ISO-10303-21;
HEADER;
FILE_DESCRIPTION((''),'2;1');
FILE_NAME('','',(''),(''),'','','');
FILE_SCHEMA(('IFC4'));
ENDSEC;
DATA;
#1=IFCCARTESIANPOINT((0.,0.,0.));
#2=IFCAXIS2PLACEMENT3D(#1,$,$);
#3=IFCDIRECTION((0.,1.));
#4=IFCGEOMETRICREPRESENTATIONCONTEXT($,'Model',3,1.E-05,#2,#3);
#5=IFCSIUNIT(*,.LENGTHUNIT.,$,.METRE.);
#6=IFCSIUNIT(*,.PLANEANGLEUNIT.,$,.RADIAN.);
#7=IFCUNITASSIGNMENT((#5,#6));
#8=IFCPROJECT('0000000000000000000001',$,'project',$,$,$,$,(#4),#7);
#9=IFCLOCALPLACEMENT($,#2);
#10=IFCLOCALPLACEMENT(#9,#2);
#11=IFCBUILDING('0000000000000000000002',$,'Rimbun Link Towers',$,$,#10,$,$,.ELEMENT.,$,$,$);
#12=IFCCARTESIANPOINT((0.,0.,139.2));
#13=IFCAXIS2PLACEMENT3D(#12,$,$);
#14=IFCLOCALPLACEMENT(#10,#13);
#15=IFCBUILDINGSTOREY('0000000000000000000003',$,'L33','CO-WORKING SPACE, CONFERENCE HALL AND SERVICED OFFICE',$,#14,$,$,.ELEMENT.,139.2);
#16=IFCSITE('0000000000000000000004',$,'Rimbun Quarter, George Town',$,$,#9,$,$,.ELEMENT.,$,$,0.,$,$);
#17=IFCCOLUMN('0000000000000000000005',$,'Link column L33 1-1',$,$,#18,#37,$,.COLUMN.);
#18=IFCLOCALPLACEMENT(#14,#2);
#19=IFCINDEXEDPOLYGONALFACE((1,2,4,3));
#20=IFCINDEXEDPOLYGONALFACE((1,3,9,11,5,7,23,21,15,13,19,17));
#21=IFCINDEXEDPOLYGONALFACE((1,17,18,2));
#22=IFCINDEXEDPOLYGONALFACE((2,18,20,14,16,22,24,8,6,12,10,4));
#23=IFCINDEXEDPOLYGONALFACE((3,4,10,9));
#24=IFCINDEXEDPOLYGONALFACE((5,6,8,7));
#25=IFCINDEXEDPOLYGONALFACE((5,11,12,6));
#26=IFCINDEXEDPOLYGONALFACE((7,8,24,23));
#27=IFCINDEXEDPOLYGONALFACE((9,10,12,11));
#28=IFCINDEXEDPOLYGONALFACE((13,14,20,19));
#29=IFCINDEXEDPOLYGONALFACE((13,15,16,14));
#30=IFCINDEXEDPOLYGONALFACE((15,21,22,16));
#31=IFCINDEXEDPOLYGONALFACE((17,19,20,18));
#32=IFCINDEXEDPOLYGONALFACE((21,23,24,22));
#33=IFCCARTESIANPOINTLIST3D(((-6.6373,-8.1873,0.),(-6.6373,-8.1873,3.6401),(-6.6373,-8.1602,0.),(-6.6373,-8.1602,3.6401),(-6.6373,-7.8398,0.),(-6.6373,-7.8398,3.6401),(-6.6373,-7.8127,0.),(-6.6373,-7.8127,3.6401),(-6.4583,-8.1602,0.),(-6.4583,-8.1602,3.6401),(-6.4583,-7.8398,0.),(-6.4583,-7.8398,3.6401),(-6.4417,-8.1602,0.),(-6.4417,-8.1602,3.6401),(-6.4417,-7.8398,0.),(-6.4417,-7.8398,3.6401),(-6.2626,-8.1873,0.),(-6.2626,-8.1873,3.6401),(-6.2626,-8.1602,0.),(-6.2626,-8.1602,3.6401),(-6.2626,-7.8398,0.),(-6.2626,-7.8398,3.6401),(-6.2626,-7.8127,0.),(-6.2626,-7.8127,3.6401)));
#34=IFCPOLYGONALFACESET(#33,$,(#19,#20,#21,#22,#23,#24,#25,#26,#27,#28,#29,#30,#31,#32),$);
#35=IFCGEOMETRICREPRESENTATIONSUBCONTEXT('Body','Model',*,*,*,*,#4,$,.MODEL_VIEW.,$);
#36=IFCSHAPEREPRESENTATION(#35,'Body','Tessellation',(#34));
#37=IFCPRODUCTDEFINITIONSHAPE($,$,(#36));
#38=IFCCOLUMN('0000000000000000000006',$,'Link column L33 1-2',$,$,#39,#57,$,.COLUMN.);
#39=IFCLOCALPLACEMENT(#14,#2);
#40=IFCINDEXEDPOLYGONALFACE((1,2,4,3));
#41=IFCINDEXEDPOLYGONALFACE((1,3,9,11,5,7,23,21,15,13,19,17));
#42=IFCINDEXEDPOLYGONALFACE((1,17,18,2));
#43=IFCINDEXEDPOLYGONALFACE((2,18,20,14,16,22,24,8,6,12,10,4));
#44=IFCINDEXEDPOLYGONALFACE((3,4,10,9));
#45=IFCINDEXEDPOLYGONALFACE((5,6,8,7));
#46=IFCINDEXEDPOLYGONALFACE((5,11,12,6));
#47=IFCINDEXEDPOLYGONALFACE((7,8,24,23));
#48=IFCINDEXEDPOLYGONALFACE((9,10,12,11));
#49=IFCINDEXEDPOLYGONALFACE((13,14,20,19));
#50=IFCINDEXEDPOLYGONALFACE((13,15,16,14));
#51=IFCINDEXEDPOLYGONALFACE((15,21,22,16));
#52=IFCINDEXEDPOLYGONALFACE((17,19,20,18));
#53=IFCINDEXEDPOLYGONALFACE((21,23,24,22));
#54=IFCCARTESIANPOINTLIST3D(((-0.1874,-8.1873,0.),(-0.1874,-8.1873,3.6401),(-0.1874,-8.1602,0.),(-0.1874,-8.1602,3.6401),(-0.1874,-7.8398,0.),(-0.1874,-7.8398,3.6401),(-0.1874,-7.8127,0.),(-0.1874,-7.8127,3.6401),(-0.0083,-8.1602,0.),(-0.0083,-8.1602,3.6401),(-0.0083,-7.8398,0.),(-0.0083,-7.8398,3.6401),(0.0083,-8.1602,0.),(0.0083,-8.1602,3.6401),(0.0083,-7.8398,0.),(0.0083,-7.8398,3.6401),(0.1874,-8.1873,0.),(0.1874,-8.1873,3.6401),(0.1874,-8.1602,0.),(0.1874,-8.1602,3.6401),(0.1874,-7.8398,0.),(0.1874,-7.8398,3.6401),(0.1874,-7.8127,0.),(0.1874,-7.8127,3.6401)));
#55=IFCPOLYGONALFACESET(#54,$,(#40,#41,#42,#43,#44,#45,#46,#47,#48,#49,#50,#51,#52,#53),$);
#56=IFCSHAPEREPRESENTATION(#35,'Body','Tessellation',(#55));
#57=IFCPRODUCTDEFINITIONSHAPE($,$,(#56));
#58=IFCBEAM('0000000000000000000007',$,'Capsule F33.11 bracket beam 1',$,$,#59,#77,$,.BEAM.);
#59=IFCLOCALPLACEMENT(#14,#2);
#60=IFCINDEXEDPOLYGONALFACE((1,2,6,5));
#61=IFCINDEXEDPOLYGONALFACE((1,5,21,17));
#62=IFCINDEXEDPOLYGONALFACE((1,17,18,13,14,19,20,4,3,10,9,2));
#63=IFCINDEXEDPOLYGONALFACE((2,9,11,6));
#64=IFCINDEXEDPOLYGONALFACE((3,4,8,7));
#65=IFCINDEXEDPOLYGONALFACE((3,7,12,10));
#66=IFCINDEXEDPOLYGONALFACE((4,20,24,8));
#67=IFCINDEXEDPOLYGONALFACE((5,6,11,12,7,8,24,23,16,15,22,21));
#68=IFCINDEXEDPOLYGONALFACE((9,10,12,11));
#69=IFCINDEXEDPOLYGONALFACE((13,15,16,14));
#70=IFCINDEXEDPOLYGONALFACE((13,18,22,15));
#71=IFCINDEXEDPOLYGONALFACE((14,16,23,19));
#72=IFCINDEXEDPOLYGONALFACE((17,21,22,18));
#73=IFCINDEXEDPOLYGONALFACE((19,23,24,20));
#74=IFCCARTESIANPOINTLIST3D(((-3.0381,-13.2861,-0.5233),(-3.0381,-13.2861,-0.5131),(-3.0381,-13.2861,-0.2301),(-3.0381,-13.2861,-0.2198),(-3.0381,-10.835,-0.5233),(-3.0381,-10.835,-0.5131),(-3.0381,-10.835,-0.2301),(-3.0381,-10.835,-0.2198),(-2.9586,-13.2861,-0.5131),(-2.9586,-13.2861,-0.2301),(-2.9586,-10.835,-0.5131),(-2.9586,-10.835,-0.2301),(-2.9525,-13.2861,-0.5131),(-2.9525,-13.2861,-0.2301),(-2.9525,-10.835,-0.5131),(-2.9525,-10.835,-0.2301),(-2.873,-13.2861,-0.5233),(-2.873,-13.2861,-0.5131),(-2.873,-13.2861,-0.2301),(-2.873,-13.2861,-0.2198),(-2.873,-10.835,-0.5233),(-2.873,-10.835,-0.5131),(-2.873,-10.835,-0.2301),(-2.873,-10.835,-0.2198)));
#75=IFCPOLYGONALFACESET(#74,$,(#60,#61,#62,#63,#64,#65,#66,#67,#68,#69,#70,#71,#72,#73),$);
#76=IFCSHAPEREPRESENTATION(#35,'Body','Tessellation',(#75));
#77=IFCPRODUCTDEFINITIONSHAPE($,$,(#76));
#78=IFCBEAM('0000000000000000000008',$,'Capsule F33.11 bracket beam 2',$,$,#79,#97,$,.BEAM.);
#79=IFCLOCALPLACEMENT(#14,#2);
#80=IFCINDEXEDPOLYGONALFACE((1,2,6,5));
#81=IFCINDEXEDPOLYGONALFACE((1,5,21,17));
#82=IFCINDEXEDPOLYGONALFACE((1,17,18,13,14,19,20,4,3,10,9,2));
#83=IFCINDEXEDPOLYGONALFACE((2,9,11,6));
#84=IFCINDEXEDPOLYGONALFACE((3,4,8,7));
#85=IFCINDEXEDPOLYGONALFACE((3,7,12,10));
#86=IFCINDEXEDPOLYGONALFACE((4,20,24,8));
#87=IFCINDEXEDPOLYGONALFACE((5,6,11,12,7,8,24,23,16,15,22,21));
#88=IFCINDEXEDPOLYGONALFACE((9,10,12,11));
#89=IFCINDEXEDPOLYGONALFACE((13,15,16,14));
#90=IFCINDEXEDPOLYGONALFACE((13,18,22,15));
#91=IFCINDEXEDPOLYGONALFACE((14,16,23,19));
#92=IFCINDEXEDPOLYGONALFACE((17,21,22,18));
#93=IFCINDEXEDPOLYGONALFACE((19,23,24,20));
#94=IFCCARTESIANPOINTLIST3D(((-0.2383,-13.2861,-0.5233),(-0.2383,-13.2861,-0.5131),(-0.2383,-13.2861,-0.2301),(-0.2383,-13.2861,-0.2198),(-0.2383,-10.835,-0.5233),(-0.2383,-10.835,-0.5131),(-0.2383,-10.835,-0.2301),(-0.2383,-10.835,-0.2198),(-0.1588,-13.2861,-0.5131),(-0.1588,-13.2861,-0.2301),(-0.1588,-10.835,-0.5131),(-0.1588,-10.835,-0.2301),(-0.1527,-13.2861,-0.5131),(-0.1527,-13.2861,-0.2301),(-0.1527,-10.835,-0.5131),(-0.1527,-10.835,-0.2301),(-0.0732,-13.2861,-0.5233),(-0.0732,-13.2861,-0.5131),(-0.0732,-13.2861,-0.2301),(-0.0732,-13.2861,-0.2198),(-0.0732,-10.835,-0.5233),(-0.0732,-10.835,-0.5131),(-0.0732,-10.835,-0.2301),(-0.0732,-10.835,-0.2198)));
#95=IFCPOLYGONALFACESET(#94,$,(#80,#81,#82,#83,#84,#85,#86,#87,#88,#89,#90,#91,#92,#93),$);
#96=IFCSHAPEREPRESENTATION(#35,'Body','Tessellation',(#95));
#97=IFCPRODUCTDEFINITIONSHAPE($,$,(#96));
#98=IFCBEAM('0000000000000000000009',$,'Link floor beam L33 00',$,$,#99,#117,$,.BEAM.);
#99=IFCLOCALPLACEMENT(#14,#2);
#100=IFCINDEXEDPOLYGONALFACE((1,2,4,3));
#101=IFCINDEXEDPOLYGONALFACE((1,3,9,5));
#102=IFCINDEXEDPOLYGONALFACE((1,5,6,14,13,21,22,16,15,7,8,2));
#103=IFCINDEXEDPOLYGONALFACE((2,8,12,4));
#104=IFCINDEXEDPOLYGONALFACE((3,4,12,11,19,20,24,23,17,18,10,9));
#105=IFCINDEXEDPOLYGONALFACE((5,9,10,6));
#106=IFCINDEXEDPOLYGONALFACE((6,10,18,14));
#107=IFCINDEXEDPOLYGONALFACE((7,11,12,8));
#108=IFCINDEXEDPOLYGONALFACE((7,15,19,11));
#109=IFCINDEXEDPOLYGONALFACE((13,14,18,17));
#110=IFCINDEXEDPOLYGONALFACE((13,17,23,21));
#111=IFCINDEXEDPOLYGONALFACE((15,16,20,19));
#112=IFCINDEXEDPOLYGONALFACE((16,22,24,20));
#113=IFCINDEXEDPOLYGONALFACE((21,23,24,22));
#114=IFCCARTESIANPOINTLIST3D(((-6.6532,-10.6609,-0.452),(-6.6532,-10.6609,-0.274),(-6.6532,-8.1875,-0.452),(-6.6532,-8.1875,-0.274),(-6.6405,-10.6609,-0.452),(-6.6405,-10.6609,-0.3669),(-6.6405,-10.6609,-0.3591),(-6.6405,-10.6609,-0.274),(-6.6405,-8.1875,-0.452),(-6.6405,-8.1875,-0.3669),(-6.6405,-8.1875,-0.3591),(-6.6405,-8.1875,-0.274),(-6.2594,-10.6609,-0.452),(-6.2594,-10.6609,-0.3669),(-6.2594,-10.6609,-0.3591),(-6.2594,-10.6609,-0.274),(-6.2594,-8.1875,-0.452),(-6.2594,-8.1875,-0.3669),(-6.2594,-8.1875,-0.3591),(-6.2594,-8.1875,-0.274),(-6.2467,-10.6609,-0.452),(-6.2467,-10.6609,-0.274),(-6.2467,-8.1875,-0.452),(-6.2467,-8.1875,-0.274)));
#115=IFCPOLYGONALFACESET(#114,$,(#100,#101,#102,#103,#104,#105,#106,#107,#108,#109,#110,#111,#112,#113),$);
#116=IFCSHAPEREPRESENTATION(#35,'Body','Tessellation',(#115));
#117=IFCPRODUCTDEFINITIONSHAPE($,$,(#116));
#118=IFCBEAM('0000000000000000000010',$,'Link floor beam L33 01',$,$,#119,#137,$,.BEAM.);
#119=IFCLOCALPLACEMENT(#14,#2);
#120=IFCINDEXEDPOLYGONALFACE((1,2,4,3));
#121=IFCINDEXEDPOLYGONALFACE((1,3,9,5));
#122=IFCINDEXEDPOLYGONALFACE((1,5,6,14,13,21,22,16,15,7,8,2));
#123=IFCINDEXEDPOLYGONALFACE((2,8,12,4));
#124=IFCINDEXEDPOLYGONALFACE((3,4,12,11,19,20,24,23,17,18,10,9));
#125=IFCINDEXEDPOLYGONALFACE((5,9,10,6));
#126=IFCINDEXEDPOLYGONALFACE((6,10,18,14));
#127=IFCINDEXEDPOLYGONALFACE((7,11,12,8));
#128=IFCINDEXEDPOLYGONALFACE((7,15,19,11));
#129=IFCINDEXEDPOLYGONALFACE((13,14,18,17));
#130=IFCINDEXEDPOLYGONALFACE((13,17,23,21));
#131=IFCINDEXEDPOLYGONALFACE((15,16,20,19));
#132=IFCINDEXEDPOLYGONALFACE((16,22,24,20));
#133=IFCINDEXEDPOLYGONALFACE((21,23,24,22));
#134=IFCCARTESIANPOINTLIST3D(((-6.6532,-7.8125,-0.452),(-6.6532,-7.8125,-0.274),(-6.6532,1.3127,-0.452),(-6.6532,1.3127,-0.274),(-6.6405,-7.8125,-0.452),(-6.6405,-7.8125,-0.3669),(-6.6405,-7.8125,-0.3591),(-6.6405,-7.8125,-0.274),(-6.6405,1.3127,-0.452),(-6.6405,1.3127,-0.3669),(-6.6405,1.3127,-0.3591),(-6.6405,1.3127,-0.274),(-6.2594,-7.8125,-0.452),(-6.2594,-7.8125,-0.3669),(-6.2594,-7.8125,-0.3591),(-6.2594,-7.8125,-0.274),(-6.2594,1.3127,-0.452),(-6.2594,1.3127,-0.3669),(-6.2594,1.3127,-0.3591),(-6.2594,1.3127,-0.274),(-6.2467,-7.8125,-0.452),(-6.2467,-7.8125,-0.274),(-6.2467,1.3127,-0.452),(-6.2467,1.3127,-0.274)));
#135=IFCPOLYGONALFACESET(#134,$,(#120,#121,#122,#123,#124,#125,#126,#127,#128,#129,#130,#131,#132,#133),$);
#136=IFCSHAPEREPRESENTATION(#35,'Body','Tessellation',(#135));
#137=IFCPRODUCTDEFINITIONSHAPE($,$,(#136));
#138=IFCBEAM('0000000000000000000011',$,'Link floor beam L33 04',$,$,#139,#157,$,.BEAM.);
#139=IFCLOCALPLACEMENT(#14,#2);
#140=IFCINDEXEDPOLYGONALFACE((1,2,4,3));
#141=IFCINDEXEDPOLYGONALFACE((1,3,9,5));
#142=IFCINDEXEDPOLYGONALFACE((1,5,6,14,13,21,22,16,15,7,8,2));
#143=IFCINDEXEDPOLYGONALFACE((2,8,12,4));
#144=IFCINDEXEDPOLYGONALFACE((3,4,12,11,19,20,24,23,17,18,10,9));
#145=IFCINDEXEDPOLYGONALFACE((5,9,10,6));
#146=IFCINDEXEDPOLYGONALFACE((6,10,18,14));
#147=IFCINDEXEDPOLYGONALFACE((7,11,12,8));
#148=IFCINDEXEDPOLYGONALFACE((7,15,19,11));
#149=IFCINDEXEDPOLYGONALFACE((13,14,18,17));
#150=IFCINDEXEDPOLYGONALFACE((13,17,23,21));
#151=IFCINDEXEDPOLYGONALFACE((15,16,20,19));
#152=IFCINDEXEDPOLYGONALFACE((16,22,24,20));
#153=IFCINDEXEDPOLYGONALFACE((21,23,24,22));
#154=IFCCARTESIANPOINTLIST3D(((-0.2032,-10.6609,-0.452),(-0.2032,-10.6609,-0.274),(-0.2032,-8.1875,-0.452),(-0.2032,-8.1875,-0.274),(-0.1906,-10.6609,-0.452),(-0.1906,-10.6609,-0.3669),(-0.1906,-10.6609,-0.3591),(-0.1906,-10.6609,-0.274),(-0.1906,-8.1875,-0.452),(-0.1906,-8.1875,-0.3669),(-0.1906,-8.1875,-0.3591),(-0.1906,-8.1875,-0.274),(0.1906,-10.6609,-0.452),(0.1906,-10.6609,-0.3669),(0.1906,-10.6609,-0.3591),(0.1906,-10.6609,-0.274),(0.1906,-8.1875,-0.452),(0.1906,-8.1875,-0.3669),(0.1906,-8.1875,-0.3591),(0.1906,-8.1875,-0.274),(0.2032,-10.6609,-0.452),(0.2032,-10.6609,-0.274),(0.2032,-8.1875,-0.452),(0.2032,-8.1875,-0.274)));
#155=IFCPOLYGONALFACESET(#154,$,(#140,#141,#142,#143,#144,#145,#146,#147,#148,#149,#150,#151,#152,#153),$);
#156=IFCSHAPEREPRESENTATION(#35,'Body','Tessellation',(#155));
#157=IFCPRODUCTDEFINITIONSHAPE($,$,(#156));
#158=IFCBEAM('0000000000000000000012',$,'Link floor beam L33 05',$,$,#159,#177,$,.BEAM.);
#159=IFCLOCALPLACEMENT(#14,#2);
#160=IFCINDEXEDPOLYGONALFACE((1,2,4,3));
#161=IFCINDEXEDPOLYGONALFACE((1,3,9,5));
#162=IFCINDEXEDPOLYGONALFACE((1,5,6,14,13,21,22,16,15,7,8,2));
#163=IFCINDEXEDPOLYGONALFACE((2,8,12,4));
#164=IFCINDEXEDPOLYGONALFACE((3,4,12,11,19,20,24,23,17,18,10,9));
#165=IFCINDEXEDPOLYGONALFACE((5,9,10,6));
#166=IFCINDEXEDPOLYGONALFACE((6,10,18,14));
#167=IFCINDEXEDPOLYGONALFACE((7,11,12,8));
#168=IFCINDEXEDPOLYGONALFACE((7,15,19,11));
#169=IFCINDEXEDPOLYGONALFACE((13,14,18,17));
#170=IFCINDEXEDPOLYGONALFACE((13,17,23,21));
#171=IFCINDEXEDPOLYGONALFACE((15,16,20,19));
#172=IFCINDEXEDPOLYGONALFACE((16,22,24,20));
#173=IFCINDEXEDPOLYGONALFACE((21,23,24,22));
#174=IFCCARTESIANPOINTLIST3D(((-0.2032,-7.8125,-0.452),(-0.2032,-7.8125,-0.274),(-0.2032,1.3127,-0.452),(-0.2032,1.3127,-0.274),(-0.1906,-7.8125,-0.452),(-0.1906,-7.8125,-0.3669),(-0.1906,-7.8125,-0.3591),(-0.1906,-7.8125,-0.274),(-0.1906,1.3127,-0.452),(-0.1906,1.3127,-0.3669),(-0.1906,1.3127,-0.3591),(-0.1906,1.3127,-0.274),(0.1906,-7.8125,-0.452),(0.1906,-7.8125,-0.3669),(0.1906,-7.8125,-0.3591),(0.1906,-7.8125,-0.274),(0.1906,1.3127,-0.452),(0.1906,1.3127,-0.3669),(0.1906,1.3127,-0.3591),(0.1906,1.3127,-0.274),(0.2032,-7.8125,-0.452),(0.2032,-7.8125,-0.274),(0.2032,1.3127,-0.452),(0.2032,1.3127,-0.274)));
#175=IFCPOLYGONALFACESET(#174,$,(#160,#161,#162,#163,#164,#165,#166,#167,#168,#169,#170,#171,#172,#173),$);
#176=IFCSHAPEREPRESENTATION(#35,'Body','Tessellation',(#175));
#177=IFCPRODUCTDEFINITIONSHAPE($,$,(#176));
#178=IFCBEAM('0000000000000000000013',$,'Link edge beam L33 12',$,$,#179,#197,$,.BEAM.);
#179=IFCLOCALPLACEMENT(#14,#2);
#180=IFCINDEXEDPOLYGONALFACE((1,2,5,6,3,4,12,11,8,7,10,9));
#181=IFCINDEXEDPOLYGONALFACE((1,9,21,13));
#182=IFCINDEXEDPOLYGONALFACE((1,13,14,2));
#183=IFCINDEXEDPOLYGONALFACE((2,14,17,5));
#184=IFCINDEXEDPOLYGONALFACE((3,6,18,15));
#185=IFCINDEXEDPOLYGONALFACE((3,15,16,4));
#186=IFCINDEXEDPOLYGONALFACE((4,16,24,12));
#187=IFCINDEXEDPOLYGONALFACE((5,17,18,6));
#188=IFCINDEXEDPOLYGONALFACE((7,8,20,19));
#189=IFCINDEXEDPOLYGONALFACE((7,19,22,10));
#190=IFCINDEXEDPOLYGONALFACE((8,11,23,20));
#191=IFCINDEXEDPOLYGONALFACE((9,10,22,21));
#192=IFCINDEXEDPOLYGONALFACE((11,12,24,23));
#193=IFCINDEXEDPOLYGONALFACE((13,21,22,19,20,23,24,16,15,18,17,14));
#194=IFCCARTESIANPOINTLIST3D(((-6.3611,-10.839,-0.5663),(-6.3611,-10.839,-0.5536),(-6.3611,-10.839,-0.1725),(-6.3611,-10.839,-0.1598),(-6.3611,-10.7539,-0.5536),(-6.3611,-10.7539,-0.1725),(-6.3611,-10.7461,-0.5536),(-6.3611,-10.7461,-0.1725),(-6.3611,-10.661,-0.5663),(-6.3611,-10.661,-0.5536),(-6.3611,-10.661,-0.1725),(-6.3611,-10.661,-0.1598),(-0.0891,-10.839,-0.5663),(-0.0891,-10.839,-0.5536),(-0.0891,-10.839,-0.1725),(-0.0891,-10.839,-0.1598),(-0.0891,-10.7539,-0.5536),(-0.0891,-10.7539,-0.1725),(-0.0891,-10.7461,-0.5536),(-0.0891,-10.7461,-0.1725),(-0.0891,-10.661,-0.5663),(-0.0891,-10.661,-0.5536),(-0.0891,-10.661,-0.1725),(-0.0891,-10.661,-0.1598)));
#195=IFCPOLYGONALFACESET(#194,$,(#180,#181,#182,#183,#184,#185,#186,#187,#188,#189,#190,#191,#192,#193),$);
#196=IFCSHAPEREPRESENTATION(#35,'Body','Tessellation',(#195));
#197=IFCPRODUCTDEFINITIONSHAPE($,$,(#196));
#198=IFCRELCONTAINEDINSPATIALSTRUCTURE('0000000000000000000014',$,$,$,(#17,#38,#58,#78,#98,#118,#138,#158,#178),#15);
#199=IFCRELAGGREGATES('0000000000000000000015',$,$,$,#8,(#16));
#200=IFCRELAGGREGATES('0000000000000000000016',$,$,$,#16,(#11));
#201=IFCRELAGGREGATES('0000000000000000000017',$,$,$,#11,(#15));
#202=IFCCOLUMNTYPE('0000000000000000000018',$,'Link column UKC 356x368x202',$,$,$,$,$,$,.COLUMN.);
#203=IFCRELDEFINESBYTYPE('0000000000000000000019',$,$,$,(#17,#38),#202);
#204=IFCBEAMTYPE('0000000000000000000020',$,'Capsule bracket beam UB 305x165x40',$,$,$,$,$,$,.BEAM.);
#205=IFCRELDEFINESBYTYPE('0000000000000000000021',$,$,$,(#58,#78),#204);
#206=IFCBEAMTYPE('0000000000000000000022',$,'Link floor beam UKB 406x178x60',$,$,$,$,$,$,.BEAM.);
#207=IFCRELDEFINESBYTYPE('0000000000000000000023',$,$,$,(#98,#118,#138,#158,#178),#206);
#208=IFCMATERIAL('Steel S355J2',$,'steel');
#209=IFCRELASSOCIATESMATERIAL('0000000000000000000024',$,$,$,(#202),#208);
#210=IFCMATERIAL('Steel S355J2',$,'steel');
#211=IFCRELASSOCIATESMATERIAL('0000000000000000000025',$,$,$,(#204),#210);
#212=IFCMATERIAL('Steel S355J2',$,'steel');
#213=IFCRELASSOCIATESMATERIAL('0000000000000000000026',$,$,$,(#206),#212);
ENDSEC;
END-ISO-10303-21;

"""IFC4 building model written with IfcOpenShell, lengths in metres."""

from ifc_helpers import new_model, si_unit, direction, frame, origin, origin_2d, place, context, subcontext, project, spatial, i_section, extrude, material, material_profile, profile_set, type_object, element, save


model = new_model("IFC4")

# Units and contexts
model_context = context("Model", 3, precision=1e-05, world=origin(), true_north=direction((0.0, 1.0)))
body_context = subcontext(model_context, "Body", "Model", "MODEL_VIEW")
ifc_project = project(units=[si_unit("LENGTHUNIT", "METRE"), si_unit("PLANEANGLEUNIT", "RADIAN")], contexts=[model_context])

# Site, building, storey
site_placement = place(None, origin())
site = spatial("IfcSite", under=ifc_project, at=site_placement, Name="Rimbun Quarter, George Town", CompositionType="ELEMENT", RefElevation=0.0)
building_placement = place(site_placement, origin())
building = spatial("IfcBuilding", under=site, at=building_placement, Name="Rimbun Link Towers", CompositionType="ELEMENT")
storey_placement = place(building_placement, frame((0.0, 0.0, 139.2)))
storey = spatial("IfcBuildingStorey", under=building, at=storey_placement, Name="L33", Description="CO-WORKING SPACE, CONFERENCE HALL AND SERVICED OFFICE", CompositionType="ELEMENT", Elevation=139.2)

# Columns
ifc_material_1 = material(Name="Steel S355J2", Category="steel")
ifc_material_profile_1 = material_profile(ifc_material_1, i_section(OverallWidth=0.3748, OverallDepth=0.3745, WebThickness=0.0166, FlangeThickness=0.0271, at=origin_2d()), Name="UKC 356x368x202")
ifc_profile_set_1 = profile_set([ifc_material_profile_1], Name="Steel S355J2")
column_type = type_object("IfcColumnType", Name="Link column UKC 356x368x202", PredefinedType="COLUMN", material=ifc_profile_set_1)
for number, where, z_axis, x_axis, name in (
    (1, (-6.45, -8.0, 0.0), (0.0, 0.0, 1.0), (1.0, 0.0, 0.0), "Link column L33 1-1"),
    (2, (0.0, -8.0, 0.0), (0.0, 0.0, 1.0), (1.0, 0.0, 0.0), "Link column L33 1-2"),
):
    element("IfcColumn", number, at=place(storey_placement, frame(where, z_axis=z_axis, x_axis=x_axis)), inside=storey, type_object=column_type, Name=name, PredefinedType="COLUMN", context=body_context, shape_type="SweptSolid", body=[
        extrude(i_section(OverallWidth=0.3748, OverallDepth=0.3745, WebThickness=0.0166, FlangeThickness=0.0271, at=origin_2d()), origin(), (0.0, 0.0, 1.0), 3.6401),
    ])

# Beams
ifc_material_2 = material(Name="Steel S355J2", Category="steel")
ifc_material_profile_2 = material_profile(ifc_material_2, i_section(OverallWidth=0.165, OverallDepth=0.3035, WebThickness=0.0061, FlangeThickness=0.0103, at=origin_2d()), Name="UB 305x165x40")
ifc_profile_set_2 = profile_set([ifc_material_profile_2], Name="Steel S355J2")
beam_type_1 = type_object("IfcBeamType", Name="Capsule bracket beam UB 305x165x40", PredefinedType="BEAM", material=ifc_profile_set_2)
for number, where, z_axis, x_axis, name in (
    (3, (-2.9556, -10.835, -0.3716), (0.0, -1.0, 0.0), (1.0, 0.0, 0.0), "Capsule F33.11 bracket beam 1"),
    (4, (-0.1558, -10.835, -0.3716), (0.0, -1.0, 0.0), (1.0, 0.0, 0.0), "Capsule F33.11 bracket beam 2"),
):
    element("IfcBeam", number, at=place(storey_placement, frame(where, z_axis=z_axis, x_axis=x_axis)), inside=storey, type_object=beam_type_1, Name=name, PredefinedType="BEAM", context=body_context, shape_type="SweptSolid", body=[
        extrude(i_section(OverallWidth=0.165, OverallDepth=0.3035, WebThickness=0.0061, FlangeThickness=0.0103, at=origin_2d()), origin(), (0.0, 0.0, 1.0), 2.4512),
    ])
ifc_material_3 = material(Name="Steel S355J2", Category="steel")
ifc_material_profile_3 = material_profile(ifc_material_3, i_section(OverallWidth=0.178, OverallDepth=0.4065, WebThickness=0.0078, FlangeThickness=0.0127, at=origin_2d()), Name="UKB 406x178x60")
ifc_profile_set_3 = profile_set([ifc_material_profile_3], Name="Steel S355J2")
beam_type_2 = type_object("IfcBeamType", Name="Link floor beam UKB 406x178x60", PredefinedType="BEAM", material=ifc_profile_set_3)
beam_1_placement = place(storey_placement, frame((-6.45, -10.6609, -0.363), z_axis=(0.0, 1.0, 0.0), x_axis=(0.0, 0.0, 1.0)))
element("IfcBeam", 5, at=beam_1_placement, inside=storey, type_object=beam_type_2, Name="Link floor beam L33 00", PredefinedType="BEAM", context=body_context, shape_type="SweptSolid", body=[
    extrude(i_section(OverallWidth=0.178, OverallDepth=0.4065, WebThickness=0.0078, FlangeThickness=0.0127, at=origin_2d()), origin(), (0.0, 0.0, 1.0), 2.4734),
])
beam_2_placement = place(storey_placement, frame((-6.45, -7.8125, -0.363), z_axis=(0.0, 1.0, 0.0), x_axis=(0.0, 0.0, 1.0)))
element("IfcBeam", 6, at=beam_2_placement, inside=storey, type_object=beam_type_2, Name="Link floor beam L33 01", PredefinedType="BEAM", context=body_context, shape_type="SweptSolid", body=[
    extrude(i_section(OverallWidth=0.178, OverallDepth=0.4065, WebThickness=0.0078, FlangeThickness=0.0127, at=origin_2d()), origin(), (0.0, 0.0, 1.0), 9.1252),
])
beam_3_placement = place(storey_placement, frame((0.0, -10.6609, -0.363), z_axis=(0.0, 1.0, 0.0), x_axis=(0.0, 0.0, 1.0)))
element("IfcBeam", 7, at=beam_3_placement, inside=storey, type_object=beam_type_2, Name="Link floor beam L33 04", PredefinedType="BEAM", context=body_context, shape_type="SweptSolid", body=[
    extrude(i_section(OverallWidth=0.178, OverallDepth=0.4065, WebThickness=0.0078, FlangeThickness=0.0127, at=origin_2d()), origin(), (0.0, 0.0, 1.0), 2.4734),
])
beam_4_placement = place(storey_placement, frame((0.0, -7.8125, -0.363), z_axis=(0.0, 1.0, 0.0), x_axis=(0.0, 0.0, 1.0)))
element("IfcBeam", 8, at=beam_4_placement, inside=storey, type_object=beam_type_2, Name="Link floor beam L33 05", PredefinedType="BEAM", context=body_context, shape_type="SweptSolid", body=[
    extrude(i_section(OverallWidth=0.178, OverallDepth=0.4065, WebThickness=0.0078, FlangeThickness=0.0127, at=origin_2d()), origin(), (0.0, 0.0, 1.0), 9.1252),
])
beam_5_placement = place(storey_placement, frame((-6.3611, -10.75, -0.363), z_axis=(1.0, 0.0, 0.0), x_axis=(0.0, 1.0, 0.0)))
element("IfcBeam", 9, at=beam_5_placement, inside=storey, type_object=beam_type_2, Name="Link edge beam L33 12", PredefinedType="BEAM", context=body_context, shape_type="SweptSolid", body=[
    extrude(i_section(OverallWidth=0.178, OverallDepth=0.4065, WebThickness=0.0078, FlangeThickness=0.0127, at=origin_2d()), origin(), (0.0, 0.0, 1.0), 6.272),
])

save(model, "model.ifc")
